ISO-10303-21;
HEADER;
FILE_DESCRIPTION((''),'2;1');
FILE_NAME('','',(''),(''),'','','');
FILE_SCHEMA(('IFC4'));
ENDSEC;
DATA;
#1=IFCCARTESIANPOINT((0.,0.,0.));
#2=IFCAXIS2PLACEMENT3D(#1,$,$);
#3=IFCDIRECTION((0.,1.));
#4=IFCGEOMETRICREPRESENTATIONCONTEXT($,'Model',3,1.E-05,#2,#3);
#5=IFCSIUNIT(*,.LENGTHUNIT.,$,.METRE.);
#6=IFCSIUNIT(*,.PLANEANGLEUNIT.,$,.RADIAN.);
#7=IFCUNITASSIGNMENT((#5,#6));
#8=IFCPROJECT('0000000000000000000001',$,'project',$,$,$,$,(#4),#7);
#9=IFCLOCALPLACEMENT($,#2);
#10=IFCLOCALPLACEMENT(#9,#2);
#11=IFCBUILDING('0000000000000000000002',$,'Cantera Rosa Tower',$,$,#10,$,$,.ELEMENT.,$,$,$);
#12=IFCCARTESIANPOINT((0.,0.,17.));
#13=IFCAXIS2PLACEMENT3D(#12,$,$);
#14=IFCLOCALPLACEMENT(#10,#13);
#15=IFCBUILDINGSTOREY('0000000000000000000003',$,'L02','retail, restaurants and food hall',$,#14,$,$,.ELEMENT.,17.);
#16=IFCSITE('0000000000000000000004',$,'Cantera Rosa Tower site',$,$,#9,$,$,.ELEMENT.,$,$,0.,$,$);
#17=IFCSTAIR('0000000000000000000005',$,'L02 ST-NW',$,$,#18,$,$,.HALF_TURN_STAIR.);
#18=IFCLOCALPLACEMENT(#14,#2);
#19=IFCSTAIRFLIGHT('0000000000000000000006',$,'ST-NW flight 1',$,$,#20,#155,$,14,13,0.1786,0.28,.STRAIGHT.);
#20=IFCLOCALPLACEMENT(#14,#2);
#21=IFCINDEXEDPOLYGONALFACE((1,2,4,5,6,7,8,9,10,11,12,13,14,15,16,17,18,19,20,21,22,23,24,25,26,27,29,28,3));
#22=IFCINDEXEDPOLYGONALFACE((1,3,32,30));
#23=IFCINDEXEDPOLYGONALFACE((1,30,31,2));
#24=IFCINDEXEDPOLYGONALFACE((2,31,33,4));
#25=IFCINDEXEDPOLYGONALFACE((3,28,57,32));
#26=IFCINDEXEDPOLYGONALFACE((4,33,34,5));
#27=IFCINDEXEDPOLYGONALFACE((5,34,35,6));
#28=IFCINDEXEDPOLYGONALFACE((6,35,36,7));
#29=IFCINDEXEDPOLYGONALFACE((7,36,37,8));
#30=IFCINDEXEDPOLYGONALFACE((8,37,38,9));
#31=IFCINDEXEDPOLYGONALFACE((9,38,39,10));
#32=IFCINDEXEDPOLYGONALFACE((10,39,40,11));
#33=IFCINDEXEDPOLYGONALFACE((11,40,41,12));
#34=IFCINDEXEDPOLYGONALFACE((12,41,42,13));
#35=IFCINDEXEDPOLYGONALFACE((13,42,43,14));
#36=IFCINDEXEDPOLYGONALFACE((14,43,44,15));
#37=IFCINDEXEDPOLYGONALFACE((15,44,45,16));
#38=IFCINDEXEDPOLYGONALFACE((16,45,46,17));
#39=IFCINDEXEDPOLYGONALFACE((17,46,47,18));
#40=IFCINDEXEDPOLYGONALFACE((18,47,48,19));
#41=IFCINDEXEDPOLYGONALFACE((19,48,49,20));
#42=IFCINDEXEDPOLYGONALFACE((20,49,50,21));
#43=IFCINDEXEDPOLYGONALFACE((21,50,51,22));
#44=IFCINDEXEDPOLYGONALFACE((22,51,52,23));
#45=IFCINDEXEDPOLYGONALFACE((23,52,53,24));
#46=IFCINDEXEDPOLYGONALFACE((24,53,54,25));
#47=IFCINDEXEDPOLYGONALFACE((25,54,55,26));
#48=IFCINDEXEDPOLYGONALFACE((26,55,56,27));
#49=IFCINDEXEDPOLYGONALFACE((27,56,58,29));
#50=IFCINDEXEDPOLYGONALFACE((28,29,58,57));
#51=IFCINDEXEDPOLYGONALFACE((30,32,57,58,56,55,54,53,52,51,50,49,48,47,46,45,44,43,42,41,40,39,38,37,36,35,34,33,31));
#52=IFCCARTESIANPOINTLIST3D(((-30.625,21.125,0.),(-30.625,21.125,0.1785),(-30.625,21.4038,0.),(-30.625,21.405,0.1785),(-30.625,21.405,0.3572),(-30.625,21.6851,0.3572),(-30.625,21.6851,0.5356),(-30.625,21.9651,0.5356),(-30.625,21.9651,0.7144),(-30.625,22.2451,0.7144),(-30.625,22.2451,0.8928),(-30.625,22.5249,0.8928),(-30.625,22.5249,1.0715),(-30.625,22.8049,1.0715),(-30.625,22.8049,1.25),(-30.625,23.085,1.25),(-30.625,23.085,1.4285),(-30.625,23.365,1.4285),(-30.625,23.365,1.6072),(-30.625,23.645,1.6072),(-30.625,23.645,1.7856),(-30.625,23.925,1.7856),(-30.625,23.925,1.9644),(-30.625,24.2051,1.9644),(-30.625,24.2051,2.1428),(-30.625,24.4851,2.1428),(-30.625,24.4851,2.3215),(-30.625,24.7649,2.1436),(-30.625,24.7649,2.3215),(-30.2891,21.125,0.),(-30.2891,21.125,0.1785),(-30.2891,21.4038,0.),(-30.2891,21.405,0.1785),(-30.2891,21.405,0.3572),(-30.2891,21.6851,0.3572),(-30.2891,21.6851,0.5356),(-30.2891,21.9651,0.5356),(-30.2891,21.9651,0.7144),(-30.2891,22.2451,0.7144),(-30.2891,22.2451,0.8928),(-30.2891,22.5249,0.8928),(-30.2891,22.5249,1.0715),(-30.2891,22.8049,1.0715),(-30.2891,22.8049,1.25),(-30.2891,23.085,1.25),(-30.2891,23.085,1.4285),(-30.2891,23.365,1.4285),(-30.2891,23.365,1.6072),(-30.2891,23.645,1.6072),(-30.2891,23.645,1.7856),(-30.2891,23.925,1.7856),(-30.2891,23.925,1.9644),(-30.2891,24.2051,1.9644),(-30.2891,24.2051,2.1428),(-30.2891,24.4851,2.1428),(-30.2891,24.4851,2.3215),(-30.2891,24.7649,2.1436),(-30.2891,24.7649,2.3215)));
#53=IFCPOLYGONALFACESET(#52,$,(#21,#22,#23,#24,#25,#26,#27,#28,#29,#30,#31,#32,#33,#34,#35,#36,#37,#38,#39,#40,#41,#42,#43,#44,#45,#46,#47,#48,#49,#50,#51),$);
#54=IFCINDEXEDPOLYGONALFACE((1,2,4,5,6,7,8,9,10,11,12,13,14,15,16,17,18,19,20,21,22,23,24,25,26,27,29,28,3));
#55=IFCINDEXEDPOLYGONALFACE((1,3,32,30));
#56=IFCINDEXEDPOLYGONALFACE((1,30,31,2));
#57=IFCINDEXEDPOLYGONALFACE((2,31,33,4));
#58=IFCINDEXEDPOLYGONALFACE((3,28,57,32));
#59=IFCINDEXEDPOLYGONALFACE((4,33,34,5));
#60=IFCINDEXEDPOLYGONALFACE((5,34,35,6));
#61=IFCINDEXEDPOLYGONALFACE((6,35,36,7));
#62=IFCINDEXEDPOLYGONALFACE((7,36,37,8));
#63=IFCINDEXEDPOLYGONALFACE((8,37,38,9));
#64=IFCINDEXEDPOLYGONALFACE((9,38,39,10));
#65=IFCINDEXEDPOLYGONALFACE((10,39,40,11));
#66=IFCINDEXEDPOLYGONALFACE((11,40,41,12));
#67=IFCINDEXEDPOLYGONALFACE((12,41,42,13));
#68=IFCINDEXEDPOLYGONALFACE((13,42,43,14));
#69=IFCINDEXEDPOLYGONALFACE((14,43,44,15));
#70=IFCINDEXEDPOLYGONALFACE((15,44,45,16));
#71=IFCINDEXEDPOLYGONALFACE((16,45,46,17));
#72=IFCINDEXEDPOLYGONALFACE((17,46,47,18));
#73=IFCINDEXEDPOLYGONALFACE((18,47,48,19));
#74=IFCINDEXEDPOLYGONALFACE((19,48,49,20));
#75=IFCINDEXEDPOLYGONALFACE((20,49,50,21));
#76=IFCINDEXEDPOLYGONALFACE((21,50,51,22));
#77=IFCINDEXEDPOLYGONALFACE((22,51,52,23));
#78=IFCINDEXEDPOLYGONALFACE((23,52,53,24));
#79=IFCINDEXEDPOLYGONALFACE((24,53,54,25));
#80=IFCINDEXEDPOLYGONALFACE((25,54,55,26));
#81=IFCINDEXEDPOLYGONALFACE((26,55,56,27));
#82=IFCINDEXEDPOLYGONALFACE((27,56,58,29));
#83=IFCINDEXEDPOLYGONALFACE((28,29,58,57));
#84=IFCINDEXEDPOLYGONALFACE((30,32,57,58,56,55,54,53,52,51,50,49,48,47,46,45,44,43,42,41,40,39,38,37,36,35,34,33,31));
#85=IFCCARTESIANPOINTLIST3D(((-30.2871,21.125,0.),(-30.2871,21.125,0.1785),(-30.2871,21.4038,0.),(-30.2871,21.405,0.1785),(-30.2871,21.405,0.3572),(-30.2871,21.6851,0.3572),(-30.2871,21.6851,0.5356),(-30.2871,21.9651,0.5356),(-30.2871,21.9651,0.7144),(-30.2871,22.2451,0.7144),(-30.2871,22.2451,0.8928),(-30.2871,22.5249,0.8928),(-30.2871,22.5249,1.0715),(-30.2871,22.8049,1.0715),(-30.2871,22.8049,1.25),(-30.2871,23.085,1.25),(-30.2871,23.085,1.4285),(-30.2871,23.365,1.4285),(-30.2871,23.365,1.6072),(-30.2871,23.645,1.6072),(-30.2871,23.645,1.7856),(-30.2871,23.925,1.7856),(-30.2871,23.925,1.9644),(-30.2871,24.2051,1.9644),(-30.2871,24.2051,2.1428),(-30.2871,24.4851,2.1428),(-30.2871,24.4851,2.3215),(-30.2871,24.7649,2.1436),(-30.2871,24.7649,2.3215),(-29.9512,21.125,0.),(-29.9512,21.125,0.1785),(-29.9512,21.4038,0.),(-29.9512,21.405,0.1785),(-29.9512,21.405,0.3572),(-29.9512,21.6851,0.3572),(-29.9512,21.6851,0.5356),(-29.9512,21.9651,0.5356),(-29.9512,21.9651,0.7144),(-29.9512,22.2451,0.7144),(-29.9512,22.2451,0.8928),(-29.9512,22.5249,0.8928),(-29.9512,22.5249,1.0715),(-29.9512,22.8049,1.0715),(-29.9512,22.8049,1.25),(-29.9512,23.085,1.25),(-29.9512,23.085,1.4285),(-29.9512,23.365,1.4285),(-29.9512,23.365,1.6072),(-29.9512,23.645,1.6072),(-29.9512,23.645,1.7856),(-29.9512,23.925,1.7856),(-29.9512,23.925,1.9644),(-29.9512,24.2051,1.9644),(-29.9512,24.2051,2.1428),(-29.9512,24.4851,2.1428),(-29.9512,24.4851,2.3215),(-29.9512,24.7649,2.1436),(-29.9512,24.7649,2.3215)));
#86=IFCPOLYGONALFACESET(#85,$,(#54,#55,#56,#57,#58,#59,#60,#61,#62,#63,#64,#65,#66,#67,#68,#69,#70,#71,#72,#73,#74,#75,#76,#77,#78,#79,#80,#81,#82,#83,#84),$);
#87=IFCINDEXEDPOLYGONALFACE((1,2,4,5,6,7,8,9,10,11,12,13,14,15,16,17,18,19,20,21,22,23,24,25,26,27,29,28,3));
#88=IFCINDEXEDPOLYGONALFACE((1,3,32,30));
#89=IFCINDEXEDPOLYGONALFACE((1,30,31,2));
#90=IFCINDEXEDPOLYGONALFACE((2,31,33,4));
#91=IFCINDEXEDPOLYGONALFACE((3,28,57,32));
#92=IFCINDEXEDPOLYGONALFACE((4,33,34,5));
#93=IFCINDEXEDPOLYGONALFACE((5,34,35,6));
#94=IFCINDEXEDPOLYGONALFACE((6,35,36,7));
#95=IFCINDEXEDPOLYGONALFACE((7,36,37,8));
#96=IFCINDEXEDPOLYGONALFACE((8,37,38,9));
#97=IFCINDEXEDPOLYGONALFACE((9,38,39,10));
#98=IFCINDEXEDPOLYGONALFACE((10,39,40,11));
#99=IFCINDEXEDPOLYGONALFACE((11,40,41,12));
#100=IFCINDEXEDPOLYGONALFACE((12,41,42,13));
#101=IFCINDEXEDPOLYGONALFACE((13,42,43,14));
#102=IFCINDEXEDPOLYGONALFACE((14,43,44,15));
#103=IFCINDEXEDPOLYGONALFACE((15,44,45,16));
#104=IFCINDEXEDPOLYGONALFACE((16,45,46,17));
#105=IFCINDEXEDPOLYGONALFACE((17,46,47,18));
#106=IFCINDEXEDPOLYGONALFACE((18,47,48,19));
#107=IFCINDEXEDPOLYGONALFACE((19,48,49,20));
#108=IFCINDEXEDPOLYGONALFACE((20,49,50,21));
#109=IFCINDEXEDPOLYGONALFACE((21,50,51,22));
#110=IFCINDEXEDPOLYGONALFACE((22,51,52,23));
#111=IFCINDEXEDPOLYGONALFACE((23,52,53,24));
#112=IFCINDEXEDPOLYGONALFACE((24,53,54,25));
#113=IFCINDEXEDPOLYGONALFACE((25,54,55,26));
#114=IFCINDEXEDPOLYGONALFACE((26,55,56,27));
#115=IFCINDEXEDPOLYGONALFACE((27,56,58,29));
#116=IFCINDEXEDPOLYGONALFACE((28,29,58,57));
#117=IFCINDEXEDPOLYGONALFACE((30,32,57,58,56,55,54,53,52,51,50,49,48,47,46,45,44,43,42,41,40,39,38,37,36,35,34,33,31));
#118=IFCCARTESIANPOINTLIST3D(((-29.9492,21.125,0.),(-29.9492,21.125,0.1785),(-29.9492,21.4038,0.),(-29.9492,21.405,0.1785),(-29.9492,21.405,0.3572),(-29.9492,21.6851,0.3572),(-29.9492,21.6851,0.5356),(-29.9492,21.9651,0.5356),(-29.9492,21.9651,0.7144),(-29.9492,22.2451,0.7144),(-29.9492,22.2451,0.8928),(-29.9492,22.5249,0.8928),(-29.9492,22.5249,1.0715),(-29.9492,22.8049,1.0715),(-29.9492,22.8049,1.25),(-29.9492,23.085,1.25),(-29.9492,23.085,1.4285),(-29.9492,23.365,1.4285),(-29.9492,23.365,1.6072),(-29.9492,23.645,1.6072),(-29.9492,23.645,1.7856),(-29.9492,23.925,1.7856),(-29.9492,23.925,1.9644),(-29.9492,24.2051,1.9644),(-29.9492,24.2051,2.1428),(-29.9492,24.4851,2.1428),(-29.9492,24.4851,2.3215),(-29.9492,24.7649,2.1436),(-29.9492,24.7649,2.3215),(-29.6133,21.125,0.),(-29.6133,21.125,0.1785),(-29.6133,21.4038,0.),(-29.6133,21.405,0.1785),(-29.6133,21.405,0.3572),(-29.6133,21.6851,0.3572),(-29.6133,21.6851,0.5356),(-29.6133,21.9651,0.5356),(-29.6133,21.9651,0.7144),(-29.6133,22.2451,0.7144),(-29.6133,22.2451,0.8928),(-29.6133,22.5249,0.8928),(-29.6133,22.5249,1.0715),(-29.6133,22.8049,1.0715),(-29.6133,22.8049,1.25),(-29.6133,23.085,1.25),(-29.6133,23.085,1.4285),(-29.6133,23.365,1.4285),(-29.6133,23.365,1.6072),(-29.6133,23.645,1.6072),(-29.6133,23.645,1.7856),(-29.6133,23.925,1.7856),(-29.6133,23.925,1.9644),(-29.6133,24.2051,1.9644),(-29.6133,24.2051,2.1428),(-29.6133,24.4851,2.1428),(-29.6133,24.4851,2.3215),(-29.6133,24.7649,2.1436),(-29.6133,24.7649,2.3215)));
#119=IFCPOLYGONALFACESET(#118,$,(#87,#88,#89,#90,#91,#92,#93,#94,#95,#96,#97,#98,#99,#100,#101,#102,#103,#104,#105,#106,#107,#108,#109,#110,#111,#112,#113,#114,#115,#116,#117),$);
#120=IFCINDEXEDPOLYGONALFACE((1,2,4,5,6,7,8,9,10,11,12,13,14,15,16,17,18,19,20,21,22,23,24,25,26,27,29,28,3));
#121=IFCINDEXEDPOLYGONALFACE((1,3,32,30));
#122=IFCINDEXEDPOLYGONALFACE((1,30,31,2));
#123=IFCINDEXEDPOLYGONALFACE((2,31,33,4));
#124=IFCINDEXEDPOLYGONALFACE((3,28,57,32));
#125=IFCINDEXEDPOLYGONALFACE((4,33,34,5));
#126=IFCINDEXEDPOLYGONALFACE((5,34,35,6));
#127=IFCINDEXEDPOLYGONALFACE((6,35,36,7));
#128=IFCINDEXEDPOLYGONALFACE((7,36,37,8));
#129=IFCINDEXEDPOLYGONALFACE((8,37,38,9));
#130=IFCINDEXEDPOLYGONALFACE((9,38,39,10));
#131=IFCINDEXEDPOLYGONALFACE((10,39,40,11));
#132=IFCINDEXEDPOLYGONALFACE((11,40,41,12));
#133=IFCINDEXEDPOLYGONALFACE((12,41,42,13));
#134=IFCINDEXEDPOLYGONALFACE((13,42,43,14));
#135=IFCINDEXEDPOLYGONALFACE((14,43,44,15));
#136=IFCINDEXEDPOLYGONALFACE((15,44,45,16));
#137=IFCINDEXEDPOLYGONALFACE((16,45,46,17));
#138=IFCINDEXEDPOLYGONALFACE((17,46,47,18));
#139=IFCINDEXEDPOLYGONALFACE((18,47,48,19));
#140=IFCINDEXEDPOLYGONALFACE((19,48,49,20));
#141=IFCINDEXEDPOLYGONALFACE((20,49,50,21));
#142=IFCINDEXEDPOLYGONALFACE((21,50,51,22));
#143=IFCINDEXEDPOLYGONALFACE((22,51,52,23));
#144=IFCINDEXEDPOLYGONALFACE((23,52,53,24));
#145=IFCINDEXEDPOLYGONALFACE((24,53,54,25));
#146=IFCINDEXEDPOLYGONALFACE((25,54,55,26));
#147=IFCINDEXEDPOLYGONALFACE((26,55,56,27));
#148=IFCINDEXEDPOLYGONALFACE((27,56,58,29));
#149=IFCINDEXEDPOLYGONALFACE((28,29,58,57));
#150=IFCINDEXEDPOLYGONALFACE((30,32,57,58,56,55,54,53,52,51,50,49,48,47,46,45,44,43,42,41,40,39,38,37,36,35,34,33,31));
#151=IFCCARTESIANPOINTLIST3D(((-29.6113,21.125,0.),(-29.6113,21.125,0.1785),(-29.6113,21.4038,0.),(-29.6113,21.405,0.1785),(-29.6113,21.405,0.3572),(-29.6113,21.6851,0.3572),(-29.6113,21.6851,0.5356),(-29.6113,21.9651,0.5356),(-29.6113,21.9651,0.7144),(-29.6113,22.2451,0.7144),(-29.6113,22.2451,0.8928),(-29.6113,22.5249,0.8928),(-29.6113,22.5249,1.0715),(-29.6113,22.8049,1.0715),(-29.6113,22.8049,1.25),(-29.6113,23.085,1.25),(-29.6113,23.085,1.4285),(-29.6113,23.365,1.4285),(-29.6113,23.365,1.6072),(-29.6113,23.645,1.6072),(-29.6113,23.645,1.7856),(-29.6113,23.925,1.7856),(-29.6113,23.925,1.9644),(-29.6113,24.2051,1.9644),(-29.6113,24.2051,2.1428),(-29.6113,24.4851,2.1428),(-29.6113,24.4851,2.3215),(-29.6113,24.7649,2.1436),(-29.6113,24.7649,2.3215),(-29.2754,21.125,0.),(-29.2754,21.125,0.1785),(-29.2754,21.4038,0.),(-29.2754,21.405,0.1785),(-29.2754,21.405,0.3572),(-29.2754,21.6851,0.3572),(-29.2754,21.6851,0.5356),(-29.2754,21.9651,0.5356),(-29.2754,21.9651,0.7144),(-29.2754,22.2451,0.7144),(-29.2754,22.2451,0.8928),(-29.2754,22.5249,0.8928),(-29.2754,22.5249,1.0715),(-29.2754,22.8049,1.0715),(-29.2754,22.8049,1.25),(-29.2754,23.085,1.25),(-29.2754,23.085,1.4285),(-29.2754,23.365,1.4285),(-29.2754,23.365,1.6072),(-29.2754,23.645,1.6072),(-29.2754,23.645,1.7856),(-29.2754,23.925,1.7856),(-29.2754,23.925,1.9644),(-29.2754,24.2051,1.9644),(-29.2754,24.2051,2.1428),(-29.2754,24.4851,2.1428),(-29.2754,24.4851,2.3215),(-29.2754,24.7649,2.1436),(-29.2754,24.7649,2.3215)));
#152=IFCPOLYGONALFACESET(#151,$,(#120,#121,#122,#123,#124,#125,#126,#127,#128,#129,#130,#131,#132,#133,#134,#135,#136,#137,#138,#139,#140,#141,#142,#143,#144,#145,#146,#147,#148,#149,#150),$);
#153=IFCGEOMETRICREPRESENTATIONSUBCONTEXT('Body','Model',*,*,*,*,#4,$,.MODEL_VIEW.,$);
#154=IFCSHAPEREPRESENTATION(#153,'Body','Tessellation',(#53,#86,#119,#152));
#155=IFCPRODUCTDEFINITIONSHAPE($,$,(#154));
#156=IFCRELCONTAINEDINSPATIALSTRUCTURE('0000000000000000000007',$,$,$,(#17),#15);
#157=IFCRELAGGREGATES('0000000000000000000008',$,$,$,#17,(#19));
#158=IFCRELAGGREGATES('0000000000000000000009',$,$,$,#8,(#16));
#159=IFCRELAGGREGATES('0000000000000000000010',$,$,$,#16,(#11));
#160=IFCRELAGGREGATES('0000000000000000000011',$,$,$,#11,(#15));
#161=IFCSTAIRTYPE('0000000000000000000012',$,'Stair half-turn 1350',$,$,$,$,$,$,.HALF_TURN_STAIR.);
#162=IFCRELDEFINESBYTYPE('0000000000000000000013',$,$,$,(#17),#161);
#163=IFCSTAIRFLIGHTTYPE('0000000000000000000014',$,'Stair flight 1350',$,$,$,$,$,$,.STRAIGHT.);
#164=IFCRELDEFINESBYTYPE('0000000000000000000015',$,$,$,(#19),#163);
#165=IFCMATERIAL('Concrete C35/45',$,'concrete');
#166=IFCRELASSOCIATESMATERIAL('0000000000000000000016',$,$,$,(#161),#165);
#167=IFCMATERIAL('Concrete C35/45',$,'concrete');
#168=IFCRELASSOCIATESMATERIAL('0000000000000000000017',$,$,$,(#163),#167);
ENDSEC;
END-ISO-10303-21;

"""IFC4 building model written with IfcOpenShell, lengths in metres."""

from ifc_helpers import new_model, si_unit, direction, frame, origin, place, context, subcontext, project, spatial, polyline, outline, extrude, material, type_object, element, aggregate, save


model = new_model("IFC4")

# Units and contexts
model_context = context("Model", 3, precision=1e-05, world=origin(), true_north=direction((0.0, 1.0)))
body_context = subcontext(model_context, "Body", "Model", "MODEL_VIEW")
ifc_project = project(units=[si_unit("LENGTHUNIT", "METRE"), si_unit("PLANEANGLEUNIT", "RADIAN")], contexts=[model_context])

# Site, building, storey
site_placement = place(None, origin())
site = spatial("IfcSite", under=ifc_project, at=site_placement, Name="Cantera Rosa Tower site", CompositionType="ELEMENT", RefElevation=0.0)
building_placement = place(site_placement, origin())
building = spatial("IfcBuilding", under=site, at=building_placement, Name="Cantera Rosa Tower", CompositionType="ELEMENT")
storey_placement = place(building_placement, frame((0.0, 0.0, 17.0)))
storey = spatial("IfcBuildingStorey", under=building, at=storey_placement, Name="L02", Description="retail, restaurants and food hall", CompositionType="ELEMENT", Elevation=17.0)

# Stair, stair flight
ifc_material_1 = material(Name="Concrete C35/45", Category="concrete")
stair_type = type_object("IfcStairType", Name="Stair half-turn 1350", PredefinedType="HALF_TURN_STAIR", material=ifc_material_1)
stair_placement = place(storey_placement, origin())
stair = element("IfcStair", 1, at=stair_placement, inside=storey, type_object=stair_type, Name="L02 ST-NW", PredefinedType="HALF_TURN_STAIR")
ifc_material_2 = material(Name="Concrete C35/45", Category="concrete")
stair_flight_type = type_object("IfcStairFlightType", Name="Stair flight 1350", PredefinedType="STRAIGHT", material=ifc_material_2)
stair_flight_1_placement = place(storey_placement, frame((-29.95, 21.125, 0.0), z_axis=(0.0, 0.0, 1.0), x_axis=(0.0, 1.0, 0.0)))
stair_flight_1 = element("IfcStairFlight", 2, at=stair_flight_1_placement, type_object=stair_flight_type, Name="ST-NW flight 1", NumberOfRisers=14, NumberOfTreads=13, PredefinedType="STRAIGHT", RiserHeight=0.1786, TreadLength=0.28, context=body_context, shape_type="SweptSolid", body=[
    extrude(outline(polyline([(0.0, 0.0), (0.0, 0.1785), (0.28, 0.1785), (0.28, 0.3572), (0.5601, 0.3572), (0.5601, 0.5356), (0.8401, 0.5356), (0.8401, 0.7144), (1.1201, 0.7144), (1.1201, 0.8928), (1.3999, 0.8928), (1.3999, 1.0715), (1.6799, 1.0715), (1.6799, 1.25), (1.96, 1.25), (1.96, 1.4285), (2.24, 1.4285), (2.24, 1.6072), (2.52, 1.6072), (2.52, 1.7856), (2.8, 1.7856), (2.8, 1.9644), (3.0801, 1.9644), (3.0801, 2.1428), (3.3601, 2.1428), (3.3601, 2.3215), (3.6399, 2.3215), (3.6399, 2.5), (3.6399, 2.1436), (0.2788, 0.0), (0.0, 0.0)])), frame((0.0, 0.675, 0.0), z_axis=(0.0, -1.0, 0.0), x_axis=(1.0, 0.0, 0.0)), (0.0, 0.0, 1.0), 0.3359),
    extrude(outline(polyline([(0.0, 0.0), (0.0, 0.1785), (0.28, 0.1785), (0.28, 0.3572), (0.5601, 0.3572), (0.5601, 0.5356), (0.8401, 0.5356), (0.8401, 0.7144), (1.1201, 0.7144), (1.1201, 0.8928), (1.3999, 0.8928), (1.3999, 1.0715), (1.6799, 1.0715), (1.6799, 1.25), (1.96, 1.25), (1.96, 1.4285), (2.24, 1.4285), (2.24, 1.6072), (2.52, 1.6072), (2.52, 1.7856), (2.8, 1.7856), (2.8, 1.9644), (3.0801, 1.9644), (3.0801, 2.1428), (3.3601, 2.1428), (3.3601, 2.3215), (3.6399, 2.3215), (3.6399, 2.5), (3.6399, 2.1436), (0.2788, 0.0), (0.0, 0.0)])), frame((0.0, 0.3372, 0.0), z_axis=(0.0, -1.0, 0.0), x_axis=(1.0, 0.0, 0.0)), (0.0, 0.0, 1.0), 0.3359),
    extrude(outline(polyline([(0.0, 0.0), (0.0, 0.1785), (0.28, 0.1785), (0.28, 0.3572), (0.5601, 0.3572), (0.5601, 0.5356), (0.8401, 0.5356), (0.8401, 0.7144), (1.1201, 0.7144), (1.1201, 0.8928), (1.3999, 0.8928), (1.3999, 1.0715), (1.6799, 1.0715), (1.6799, 1.25), (1.96, 1.25), (1.96, 1.4285), (2.24, 1.4285), (2.24, 1.6072), (2.52, 1.6072), (2.52, 1.7856), (2.8, 1.7856), (2.8, 1.9644), (3.0801, 1.9644), (3.0801, 2.1428), (3.3601, 2.1428), (3.3601, 2.3215), (3.6399, 2.3215), (3.6399, 2.5), (3.6399, 2.1436), (0.2788, 0.0), (0.0, 0.0)])), frame((0.0, -0.0007, 0.0), z_axis=(0.0, -1.0, 0.0), x_axis=(1.0, 0.0, 0.0)), (0.0, 0.0, 1.0), 0.3359),
    extrude(outline(polyline([(0.0, 0.0), (0.0, 0.1785), (0.28, 0.1785), (0.28, 0.3572), (0.5601, 0.3572), (0.5601, 0.5356), (0.8401, 0.5356), (0.8401, 0.7144), (1.1201, 0.7144), (1.1201, 0.8928), (1.3999, 0.8928), (1.3999, 1.0715), (1.6799, 1.0715), (1.6799, 1.25), (1.96, 1.25), (1.96, 1.4285), (2.24, 1.4285), (2.24, 1.6072), (2.52, 1.6072), (2.52, 1.7856), (2.8, 1.7856), (2.8, 1.9644), (3.0801, 1.9644), (3.0801, 2.1428), (3.3601, 2.1428), (3.3601, 2.3215), (3.6399, 2.3215), (3.6399, 2.5), (3.6399, 2.1436), (0.2788, 0.0), (0.0, 0.0)])), frame((0.0, -0.3386, 0.0), z_axis=(0.0, -1.0, 0.0), x_axis=(1.0, 0.0, 0.0)), (0.0, 0.0, 1.0), 0.3359),
])
aggregate(stair, [stair_flight_1])

save(model, "model.ifc")
